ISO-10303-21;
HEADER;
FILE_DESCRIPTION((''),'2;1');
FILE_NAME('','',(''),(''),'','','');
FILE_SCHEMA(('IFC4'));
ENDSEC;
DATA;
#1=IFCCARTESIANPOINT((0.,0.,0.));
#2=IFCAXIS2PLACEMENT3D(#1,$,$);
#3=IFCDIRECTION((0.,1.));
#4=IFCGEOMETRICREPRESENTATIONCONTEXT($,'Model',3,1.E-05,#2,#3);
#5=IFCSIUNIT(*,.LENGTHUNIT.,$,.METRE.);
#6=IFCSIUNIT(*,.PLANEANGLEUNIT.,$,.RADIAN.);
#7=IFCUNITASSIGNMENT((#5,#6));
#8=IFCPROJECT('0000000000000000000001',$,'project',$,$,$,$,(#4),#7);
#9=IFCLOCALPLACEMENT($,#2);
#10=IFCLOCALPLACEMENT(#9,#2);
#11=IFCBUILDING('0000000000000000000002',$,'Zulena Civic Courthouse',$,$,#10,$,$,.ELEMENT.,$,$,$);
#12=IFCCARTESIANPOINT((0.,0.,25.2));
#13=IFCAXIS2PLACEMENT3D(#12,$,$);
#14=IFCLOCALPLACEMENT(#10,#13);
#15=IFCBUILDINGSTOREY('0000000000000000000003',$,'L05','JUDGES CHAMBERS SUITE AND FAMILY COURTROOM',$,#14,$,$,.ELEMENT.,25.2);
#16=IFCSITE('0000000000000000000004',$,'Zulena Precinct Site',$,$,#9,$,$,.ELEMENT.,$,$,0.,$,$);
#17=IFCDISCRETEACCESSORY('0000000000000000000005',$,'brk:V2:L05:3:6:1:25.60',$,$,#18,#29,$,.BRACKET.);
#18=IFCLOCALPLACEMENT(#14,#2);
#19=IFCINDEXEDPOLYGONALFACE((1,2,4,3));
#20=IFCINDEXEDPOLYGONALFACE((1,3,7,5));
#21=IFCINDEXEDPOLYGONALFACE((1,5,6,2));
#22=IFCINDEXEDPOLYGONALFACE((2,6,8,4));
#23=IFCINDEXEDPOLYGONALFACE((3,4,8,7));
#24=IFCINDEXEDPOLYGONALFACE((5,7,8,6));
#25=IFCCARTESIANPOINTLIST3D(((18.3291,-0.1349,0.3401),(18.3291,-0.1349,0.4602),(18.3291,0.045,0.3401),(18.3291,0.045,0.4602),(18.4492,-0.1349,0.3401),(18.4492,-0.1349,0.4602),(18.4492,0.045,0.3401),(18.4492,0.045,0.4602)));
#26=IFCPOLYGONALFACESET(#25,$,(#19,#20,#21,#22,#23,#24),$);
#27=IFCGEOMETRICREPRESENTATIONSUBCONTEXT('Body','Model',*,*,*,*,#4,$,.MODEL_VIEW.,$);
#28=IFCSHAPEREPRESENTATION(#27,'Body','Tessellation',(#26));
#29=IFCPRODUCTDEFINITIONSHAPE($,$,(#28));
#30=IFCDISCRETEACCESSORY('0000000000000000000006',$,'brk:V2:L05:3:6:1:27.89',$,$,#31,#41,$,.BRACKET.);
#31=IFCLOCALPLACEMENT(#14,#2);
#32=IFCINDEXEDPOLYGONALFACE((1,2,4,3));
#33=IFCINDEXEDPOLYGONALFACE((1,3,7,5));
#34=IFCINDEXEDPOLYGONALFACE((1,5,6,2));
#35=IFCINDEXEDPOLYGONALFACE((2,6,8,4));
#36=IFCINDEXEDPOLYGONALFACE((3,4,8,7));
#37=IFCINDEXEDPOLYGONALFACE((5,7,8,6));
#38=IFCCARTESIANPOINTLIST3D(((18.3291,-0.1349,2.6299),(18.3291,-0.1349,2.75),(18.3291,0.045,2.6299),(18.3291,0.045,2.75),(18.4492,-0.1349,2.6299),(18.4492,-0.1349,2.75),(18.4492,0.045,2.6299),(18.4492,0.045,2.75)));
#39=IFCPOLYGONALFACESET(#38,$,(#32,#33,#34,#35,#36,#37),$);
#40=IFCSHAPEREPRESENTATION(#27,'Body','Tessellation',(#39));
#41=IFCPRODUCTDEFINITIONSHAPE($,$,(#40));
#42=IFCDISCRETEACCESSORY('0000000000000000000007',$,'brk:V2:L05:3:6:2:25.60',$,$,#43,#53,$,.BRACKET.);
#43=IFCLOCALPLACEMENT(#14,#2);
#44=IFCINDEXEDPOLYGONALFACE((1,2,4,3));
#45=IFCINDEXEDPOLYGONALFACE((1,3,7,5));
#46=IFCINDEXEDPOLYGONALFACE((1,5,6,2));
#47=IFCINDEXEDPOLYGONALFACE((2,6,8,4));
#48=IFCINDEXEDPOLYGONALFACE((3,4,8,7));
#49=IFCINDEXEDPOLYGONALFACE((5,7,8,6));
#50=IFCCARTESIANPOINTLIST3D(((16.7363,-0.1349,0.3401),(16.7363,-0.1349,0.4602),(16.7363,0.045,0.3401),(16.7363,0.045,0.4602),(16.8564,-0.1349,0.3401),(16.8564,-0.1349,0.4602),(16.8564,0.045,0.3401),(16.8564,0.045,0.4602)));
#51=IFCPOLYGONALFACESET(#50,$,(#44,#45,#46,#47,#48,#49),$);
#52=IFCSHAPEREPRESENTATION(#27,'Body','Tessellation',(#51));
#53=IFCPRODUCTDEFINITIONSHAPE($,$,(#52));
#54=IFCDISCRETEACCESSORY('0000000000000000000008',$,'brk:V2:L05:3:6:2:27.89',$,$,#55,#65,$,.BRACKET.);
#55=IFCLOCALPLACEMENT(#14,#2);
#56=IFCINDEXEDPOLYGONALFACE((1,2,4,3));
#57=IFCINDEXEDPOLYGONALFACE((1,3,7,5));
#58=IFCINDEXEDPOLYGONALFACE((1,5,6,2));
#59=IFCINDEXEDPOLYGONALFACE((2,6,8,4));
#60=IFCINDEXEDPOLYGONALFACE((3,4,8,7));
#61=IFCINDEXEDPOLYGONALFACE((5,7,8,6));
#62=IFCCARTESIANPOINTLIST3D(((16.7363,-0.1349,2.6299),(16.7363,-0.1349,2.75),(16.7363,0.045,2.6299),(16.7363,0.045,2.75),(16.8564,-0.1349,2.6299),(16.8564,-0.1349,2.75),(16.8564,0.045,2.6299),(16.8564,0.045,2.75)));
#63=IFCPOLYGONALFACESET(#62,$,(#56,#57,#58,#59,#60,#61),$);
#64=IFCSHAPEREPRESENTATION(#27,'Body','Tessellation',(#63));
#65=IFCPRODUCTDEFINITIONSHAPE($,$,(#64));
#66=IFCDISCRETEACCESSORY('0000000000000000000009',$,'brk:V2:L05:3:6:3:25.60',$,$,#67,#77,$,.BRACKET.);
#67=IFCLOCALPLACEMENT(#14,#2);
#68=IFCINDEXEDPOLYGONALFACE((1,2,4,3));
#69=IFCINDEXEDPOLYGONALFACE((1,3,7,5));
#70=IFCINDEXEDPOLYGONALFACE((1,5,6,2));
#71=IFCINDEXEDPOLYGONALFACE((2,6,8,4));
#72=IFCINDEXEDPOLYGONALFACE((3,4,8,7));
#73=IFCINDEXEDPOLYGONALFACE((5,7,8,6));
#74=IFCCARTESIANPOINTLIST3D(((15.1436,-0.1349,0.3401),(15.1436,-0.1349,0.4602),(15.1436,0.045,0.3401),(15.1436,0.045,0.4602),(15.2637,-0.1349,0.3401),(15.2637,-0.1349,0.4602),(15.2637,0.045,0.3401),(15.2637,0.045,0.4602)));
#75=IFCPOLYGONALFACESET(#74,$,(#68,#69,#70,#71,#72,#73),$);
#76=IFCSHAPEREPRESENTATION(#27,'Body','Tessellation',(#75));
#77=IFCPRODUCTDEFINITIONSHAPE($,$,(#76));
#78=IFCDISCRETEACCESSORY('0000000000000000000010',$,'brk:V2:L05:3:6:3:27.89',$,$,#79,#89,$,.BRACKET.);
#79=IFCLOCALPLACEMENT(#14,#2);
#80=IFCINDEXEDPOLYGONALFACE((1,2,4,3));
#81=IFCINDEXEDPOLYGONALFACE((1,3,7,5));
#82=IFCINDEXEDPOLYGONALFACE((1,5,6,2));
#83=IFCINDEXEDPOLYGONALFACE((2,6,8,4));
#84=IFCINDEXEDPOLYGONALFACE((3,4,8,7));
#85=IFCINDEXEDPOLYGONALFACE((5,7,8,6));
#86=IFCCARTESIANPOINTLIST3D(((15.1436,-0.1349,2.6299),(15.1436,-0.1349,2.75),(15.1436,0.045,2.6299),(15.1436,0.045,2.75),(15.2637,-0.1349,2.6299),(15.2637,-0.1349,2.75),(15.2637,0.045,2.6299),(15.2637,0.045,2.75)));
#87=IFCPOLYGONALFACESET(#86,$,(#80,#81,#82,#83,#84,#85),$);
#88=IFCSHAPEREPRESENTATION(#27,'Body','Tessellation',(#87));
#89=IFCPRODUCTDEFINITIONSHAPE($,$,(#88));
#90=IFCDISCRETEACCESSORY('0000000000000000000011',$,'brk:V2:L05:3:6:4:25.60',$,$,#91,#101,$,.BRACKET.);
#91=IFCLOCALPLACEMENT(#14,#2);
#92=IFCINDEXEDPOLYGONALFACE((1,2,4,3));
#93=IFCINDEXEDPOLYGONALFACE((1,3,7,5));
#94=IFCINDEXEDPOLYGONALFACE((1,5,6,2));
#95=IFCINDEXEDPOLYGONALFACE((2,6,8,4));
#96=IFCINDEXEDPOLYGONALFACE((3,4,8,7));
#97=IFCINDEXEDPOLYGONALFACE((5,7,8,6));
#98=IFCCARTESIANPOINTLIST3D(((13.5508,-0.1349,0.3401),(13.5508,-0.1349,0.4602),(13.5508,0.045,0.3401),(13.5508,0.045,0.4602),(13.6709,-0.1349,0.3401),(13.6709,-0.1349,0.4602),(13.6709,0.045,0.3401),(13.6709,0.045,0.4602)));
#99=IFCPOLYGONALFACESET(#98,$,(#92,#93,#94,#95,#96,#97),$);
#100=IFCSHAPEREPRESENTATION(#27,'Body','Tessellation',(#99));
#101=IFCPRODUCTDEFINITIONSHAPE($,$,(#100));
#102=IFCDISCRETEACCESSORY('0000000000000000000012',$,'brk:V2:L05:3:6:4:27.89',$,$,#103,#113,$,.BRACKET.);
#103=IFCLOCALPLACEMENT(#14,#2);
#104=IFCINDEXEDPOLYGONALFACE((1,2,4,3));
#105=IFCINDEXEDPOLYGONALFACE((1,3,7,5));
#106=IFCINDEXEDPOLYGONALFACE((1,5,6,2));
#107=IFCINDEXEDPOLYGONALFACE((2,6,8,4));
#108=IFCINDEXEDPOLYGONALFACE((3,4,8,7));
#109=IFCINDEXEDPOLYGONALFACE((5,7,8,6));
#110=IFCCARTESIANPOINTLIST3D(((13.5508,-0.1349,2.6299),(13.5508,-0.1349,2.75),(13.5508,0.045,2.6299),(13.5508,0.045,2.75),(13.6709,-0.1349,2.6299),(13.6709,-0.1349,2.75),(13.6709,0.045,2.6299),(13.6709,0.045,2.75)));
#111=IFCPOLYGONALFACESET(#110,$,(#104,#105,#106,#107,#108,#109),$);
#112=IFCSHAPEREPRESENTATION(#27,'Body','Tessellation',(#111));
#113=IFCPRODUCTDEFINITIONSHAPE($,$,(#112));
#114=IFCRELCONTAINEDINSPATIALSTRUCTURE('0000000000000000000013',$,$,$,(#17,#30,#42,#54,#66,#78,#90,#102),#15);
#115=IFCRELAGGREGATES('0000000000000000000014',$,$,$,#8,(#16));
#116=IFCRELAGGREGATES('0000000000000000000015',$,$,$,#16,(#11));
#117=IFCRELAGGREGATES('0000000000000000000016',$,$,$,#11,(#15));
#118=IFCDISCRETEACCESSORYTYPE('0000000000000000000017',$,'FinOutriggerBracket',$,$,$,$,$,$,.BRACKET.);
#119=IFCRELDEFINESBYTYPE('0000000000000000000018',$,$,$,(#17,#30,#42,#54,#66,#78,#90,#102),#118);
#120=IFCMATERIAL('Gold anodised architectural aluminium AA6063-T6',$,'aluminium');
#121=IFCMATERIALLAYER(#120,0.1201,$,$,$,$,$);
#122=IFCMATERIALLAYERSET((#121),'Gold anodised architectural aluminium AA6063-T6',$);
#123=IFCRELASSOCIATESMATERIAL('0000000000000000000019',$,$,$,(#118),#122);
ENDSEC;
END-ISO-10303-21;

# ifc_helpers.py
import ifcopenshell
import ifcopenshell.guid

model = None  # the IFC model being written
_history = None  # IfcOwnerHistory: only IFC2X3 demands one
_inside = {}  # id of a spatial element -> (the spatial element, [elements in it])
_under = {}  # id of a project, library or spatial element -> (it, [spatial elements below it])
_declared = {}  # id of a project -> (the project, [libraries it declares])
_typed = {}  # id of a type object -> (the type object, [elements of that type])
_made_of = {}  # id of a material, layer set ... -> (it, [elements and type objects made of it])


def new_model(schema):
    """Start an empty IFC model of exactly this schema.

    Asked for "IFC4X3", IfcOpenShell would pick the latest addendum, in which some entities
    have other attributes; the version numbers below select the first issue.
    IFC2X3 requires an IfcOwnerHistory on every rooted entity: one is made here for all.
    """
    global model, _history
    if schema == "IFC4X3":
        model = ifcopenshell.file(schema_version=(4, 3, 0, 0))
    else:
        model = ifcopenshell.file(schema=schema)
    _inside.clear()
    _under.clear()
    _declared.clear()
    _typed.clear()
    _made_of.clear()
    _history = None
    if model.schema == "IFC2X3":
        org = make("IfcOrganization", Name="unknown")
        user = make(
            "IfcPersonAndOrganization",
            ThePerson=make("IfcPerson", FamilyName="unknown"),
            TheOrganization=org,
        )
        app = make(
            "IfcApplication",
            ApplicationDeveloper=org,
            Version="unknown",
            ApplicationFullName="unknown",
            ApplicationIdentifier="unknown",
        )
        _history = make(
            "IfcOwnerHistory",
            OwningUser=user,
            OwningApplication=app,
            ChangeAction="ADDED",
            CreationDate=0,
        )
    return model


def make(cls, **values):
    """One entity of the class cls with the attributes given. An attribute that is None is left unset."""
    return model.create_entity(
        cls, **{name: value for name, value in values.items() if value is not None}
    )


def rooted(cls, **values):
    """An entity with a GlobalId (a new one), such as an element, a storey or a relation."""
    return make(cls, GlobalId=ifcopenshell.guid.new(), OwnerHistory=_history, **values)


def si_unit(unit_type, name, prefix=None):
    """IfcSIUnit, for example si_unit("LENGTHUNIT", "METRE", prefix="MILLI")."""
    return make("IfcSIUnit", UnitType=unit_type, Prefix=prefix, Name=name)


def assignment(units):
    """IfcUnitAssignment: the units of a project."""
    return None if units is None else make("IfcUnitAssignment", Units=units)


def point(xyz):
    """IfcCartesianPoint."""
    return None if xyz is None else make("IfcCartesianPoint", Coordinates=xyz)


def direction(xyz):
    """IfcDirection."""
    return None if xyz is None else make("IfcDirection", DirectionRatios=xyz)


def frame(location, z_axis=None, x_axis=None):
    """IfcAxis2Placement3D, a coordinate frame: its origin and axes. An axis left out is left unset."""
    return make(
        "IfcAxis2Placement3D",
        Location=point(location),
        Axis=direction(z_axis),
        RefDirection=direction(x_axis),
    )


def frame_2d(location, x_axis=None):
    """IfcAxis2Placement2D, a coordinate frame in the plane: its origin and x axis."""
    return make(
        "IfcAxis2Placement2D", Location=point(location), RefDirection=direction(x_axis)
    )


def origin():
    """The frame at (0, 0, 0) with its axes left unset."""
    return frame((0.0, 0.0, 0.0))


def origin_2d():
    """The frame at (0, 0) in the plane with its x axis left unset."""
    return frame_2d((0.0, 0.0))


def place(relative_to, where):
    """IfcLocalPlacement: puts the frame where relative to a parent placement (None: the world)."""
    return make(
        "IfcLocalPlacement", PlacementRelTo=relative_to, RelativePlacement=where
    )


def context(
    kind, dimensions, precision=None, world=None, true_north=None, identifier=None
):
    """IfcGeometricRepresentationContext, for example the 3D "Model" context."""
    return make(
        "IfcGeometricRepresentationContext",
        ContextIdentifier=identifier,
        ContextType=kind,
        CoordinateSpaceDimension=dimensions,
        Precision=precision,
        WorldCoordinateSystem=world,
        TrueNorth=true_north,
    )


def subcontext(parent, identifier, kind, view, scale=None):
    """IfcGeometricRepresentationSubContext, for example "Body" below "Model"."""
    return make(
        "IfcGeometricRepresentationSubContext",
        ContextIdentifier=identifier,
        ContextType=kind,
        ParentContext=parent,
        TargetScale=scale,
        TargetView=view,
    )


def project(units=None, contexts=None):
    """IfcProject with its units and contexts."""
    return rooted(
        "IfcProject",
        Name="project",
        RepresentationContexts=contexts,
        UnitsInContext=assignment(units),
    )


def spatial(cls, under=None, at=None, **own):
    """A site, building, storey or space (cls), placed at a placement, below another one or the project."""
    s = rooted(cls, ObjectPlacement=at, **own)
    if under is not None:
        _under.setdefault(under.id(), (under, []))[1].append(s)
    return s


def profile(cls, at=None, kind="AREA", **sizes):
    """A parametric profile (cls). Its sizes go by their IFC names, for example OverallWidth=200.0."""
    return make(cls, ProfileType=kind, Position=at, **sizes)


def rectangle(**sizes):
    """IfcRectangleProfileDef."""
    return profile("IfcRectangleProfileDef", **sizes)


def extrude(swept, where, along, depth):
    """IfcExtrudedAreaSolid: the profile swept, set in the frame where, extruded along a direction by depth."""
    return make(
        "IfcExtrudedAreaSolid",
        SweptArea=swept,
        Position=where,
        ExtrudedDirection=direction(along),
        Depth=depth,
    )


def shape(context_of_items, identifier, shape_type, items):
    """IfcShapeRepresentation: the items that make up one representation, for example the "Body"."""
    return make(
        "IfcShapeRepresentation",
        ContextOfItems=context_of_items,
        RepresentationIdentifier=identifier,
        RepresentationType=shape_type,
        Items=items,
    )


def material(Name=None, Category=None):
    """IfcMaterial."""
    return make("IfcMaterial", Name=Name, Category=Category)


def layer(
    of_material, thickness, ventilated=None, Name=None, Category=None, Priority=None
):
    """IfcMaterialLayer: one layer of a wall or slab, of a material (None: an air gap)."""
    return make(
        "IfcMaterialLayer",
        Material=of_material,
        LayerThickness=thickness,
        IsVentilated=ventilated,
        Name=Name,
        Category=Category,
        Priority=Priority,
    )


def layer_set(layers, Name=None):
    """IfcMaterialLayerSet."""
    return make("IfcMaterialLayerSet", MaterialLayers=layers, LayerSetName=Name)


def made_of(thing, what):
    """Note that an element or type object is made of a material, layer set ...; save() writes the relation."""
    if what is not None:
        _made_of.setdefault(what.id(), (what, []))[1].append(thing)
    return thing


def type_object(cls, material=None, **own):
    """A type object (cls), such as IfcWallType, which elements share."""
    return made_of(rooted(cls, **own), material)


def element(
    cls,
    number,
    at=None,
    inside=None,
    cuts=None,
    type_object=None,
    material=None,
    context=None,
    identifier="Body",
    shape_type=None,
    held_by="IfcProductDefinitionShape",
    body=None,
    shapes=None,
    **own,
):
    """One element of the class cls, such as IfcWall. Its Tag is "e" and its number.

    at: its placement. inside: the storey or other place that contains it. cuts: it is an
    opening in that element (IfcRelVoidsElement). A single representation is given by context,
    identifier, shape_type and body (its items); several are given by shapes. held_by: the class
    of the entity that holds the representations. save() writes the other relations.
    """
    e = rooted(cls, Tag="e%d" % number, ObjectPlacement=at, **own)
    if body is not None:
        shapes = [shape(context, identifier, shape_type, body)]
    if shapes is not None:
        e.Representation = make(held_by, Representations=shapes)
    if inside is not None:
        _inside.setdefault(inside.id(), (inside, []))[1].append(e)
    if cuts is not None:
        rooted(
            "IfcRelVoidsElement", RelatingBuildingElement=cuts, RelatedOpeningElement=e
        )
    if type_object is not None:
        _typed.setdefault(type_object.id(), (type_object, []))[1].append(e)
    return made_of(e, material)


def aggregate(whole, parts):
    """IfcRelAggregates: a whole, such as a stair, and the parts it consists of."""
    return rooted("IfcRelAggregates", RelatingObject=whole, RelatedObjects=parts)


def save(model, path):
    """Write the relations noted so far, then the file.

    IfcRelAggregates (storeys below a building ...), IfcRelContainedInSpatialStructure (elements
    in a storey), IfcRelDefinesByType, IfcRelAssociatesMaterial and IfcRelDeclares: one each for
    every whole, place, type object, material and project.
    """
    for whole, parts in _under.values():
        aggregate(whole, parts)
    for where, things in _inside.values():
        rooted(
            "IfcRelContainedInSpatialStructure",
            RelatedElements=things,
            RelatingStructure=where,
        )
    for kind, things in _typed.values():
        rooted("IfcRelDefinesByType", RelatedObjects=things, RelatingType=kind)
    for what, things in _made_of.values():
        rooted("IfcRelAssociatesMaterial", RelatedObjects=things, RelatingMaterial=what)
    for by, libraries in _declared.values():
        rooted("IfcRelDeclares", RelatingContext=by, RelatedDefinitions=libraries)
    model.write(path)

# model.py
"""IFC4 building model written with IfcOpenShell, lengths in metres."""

from ifc_helpers import new_model, si_unit, direction, frame, origin, origin_2d, place, context, subcontext, project, spatial, rectangle, extrude, material, layer, layer_set, type_object, element, save


model = new_model("IFC4")

# Units and contexts
model_context = context("Model", 3, precision=1e-05, world=origin(), true_north=direction((0.0, 1.0)))
body_context = subcontext(model_context, "Body", "Model", "MODEL_VIEW")
ifc_project = project(units=[si_unit("LENGTHUNIT", "METRE"), si_unit("PLANEANGLEUNIT", "RADIAN")], contexts=[model_context])

# Site, building, storey
site_placement = place(None, origin())
site = spatial("IfcSite", under=ifc_project, at=site_placement, Name="Zulena Precinct Site", CompositionType="ELEMENT", RefElevation=0.0)
building_placement = place(site_placement, origin())
building = spatial("IfcBuilding", under=site, at=building_placement, Name="Zulena Civic Courthouse", CompositionType="ELEMENT")
storey_placement = place(building_placement, frame((0.0, 0.0, 25.2)))
storey = spatial("IfcBuildingStorey", under=building, at=storey_placement, Name="L05", Description="JUDGES CHAMBERS SUITE AND FAMILY COURTROOM", CompositionType="ELEMENT", Elevation=25.2)

# Shared definitions
ifc_material_1 = material(Name="Gold anodised architectural aluminium AA6063-T6", Category="aluminium")

# Discrete accessories
ifc_layer_1 = layer(ifc_material_1, 0.1201)
ifc_layer_set_1 = layer_set([ifc_layer_1], Name="Gold anodised architectural aluminium AA6063-T6")
discrete_accessory_type = type_object("IfcDiscreteAccessoryType", Name="FinOutriggerBracket", PredefinedType="BRACKET", material=ifc_layer_set_1)
for number, where, z_axis, x_axis, name in (
    (1, (18.3892, -0.0449, 0.3401), (0.0, 0.0, 1.0), (0.0, -1.0, 0.0), "brk:V2:L05:3:6:1:25.60"),
    (2, (18.3892, -0.0449, 2.6299), (0.0, 0.0, 1.0), (0.0, -1.0, 0.0), "brk:V2:L05:3:6:1:27.89"),
    (3, (16.7964, -0.0449, 0.3401), (0.0, 0.0, 1.0), (0.0, -1.0, 0.0), "brk:V2:L05:3:6:2:25.60"),
    (4, (16.7964, -0.0449, 2.6299), (0.0, 0.0, 1.0), (0.0, -1.0, 0.0), "brk:V2:L05:3:6:2:27.89"),
    (5, (15.2036, -0.0449, 0.3401), (0.0, 0.0, 1.0), (0.0, -1.0, 0.0), "brk:V2:L05:3:6:3:25.60"),
    (6, (15.2036, -0.0449, 2.6299), (0.0, 0.0, 1.0), (0.0, -1.0, 0.0), "brk:V2:L05:3:6:3:27.89"),
    (7, (13.6108, -0.0449, 0.3401), (0.0, 0.0, 1.0), (0.0, -1.0, 0.0), "brk:V2:L05:3:6:4:25.60"),
    (8, (13.6108, -0.0449, 2.6299), (0.0, 0.0, 1.0), (0.0, -1.0, 0.0), "brk:V2:L05:3:6:4:27.89"),
):
    element("IfcDiscreteAccessory", number, at=place(storey_placement, frame(where, z_axis=z_axis, x_axis=x_axis)), inside=storey, type_object=discrete_accessory_type, Name=name, PredefinedType="BRACKET", context=body_context, shape_type="SweptSolid", body=[
        extrude(rectangle(XDim=0.1799, YDim=0.1201, at=origin_2d()), origin(), (0.0, 0.0, 1.0), 0.1201),
    ])

save(model, "model.ifc")
